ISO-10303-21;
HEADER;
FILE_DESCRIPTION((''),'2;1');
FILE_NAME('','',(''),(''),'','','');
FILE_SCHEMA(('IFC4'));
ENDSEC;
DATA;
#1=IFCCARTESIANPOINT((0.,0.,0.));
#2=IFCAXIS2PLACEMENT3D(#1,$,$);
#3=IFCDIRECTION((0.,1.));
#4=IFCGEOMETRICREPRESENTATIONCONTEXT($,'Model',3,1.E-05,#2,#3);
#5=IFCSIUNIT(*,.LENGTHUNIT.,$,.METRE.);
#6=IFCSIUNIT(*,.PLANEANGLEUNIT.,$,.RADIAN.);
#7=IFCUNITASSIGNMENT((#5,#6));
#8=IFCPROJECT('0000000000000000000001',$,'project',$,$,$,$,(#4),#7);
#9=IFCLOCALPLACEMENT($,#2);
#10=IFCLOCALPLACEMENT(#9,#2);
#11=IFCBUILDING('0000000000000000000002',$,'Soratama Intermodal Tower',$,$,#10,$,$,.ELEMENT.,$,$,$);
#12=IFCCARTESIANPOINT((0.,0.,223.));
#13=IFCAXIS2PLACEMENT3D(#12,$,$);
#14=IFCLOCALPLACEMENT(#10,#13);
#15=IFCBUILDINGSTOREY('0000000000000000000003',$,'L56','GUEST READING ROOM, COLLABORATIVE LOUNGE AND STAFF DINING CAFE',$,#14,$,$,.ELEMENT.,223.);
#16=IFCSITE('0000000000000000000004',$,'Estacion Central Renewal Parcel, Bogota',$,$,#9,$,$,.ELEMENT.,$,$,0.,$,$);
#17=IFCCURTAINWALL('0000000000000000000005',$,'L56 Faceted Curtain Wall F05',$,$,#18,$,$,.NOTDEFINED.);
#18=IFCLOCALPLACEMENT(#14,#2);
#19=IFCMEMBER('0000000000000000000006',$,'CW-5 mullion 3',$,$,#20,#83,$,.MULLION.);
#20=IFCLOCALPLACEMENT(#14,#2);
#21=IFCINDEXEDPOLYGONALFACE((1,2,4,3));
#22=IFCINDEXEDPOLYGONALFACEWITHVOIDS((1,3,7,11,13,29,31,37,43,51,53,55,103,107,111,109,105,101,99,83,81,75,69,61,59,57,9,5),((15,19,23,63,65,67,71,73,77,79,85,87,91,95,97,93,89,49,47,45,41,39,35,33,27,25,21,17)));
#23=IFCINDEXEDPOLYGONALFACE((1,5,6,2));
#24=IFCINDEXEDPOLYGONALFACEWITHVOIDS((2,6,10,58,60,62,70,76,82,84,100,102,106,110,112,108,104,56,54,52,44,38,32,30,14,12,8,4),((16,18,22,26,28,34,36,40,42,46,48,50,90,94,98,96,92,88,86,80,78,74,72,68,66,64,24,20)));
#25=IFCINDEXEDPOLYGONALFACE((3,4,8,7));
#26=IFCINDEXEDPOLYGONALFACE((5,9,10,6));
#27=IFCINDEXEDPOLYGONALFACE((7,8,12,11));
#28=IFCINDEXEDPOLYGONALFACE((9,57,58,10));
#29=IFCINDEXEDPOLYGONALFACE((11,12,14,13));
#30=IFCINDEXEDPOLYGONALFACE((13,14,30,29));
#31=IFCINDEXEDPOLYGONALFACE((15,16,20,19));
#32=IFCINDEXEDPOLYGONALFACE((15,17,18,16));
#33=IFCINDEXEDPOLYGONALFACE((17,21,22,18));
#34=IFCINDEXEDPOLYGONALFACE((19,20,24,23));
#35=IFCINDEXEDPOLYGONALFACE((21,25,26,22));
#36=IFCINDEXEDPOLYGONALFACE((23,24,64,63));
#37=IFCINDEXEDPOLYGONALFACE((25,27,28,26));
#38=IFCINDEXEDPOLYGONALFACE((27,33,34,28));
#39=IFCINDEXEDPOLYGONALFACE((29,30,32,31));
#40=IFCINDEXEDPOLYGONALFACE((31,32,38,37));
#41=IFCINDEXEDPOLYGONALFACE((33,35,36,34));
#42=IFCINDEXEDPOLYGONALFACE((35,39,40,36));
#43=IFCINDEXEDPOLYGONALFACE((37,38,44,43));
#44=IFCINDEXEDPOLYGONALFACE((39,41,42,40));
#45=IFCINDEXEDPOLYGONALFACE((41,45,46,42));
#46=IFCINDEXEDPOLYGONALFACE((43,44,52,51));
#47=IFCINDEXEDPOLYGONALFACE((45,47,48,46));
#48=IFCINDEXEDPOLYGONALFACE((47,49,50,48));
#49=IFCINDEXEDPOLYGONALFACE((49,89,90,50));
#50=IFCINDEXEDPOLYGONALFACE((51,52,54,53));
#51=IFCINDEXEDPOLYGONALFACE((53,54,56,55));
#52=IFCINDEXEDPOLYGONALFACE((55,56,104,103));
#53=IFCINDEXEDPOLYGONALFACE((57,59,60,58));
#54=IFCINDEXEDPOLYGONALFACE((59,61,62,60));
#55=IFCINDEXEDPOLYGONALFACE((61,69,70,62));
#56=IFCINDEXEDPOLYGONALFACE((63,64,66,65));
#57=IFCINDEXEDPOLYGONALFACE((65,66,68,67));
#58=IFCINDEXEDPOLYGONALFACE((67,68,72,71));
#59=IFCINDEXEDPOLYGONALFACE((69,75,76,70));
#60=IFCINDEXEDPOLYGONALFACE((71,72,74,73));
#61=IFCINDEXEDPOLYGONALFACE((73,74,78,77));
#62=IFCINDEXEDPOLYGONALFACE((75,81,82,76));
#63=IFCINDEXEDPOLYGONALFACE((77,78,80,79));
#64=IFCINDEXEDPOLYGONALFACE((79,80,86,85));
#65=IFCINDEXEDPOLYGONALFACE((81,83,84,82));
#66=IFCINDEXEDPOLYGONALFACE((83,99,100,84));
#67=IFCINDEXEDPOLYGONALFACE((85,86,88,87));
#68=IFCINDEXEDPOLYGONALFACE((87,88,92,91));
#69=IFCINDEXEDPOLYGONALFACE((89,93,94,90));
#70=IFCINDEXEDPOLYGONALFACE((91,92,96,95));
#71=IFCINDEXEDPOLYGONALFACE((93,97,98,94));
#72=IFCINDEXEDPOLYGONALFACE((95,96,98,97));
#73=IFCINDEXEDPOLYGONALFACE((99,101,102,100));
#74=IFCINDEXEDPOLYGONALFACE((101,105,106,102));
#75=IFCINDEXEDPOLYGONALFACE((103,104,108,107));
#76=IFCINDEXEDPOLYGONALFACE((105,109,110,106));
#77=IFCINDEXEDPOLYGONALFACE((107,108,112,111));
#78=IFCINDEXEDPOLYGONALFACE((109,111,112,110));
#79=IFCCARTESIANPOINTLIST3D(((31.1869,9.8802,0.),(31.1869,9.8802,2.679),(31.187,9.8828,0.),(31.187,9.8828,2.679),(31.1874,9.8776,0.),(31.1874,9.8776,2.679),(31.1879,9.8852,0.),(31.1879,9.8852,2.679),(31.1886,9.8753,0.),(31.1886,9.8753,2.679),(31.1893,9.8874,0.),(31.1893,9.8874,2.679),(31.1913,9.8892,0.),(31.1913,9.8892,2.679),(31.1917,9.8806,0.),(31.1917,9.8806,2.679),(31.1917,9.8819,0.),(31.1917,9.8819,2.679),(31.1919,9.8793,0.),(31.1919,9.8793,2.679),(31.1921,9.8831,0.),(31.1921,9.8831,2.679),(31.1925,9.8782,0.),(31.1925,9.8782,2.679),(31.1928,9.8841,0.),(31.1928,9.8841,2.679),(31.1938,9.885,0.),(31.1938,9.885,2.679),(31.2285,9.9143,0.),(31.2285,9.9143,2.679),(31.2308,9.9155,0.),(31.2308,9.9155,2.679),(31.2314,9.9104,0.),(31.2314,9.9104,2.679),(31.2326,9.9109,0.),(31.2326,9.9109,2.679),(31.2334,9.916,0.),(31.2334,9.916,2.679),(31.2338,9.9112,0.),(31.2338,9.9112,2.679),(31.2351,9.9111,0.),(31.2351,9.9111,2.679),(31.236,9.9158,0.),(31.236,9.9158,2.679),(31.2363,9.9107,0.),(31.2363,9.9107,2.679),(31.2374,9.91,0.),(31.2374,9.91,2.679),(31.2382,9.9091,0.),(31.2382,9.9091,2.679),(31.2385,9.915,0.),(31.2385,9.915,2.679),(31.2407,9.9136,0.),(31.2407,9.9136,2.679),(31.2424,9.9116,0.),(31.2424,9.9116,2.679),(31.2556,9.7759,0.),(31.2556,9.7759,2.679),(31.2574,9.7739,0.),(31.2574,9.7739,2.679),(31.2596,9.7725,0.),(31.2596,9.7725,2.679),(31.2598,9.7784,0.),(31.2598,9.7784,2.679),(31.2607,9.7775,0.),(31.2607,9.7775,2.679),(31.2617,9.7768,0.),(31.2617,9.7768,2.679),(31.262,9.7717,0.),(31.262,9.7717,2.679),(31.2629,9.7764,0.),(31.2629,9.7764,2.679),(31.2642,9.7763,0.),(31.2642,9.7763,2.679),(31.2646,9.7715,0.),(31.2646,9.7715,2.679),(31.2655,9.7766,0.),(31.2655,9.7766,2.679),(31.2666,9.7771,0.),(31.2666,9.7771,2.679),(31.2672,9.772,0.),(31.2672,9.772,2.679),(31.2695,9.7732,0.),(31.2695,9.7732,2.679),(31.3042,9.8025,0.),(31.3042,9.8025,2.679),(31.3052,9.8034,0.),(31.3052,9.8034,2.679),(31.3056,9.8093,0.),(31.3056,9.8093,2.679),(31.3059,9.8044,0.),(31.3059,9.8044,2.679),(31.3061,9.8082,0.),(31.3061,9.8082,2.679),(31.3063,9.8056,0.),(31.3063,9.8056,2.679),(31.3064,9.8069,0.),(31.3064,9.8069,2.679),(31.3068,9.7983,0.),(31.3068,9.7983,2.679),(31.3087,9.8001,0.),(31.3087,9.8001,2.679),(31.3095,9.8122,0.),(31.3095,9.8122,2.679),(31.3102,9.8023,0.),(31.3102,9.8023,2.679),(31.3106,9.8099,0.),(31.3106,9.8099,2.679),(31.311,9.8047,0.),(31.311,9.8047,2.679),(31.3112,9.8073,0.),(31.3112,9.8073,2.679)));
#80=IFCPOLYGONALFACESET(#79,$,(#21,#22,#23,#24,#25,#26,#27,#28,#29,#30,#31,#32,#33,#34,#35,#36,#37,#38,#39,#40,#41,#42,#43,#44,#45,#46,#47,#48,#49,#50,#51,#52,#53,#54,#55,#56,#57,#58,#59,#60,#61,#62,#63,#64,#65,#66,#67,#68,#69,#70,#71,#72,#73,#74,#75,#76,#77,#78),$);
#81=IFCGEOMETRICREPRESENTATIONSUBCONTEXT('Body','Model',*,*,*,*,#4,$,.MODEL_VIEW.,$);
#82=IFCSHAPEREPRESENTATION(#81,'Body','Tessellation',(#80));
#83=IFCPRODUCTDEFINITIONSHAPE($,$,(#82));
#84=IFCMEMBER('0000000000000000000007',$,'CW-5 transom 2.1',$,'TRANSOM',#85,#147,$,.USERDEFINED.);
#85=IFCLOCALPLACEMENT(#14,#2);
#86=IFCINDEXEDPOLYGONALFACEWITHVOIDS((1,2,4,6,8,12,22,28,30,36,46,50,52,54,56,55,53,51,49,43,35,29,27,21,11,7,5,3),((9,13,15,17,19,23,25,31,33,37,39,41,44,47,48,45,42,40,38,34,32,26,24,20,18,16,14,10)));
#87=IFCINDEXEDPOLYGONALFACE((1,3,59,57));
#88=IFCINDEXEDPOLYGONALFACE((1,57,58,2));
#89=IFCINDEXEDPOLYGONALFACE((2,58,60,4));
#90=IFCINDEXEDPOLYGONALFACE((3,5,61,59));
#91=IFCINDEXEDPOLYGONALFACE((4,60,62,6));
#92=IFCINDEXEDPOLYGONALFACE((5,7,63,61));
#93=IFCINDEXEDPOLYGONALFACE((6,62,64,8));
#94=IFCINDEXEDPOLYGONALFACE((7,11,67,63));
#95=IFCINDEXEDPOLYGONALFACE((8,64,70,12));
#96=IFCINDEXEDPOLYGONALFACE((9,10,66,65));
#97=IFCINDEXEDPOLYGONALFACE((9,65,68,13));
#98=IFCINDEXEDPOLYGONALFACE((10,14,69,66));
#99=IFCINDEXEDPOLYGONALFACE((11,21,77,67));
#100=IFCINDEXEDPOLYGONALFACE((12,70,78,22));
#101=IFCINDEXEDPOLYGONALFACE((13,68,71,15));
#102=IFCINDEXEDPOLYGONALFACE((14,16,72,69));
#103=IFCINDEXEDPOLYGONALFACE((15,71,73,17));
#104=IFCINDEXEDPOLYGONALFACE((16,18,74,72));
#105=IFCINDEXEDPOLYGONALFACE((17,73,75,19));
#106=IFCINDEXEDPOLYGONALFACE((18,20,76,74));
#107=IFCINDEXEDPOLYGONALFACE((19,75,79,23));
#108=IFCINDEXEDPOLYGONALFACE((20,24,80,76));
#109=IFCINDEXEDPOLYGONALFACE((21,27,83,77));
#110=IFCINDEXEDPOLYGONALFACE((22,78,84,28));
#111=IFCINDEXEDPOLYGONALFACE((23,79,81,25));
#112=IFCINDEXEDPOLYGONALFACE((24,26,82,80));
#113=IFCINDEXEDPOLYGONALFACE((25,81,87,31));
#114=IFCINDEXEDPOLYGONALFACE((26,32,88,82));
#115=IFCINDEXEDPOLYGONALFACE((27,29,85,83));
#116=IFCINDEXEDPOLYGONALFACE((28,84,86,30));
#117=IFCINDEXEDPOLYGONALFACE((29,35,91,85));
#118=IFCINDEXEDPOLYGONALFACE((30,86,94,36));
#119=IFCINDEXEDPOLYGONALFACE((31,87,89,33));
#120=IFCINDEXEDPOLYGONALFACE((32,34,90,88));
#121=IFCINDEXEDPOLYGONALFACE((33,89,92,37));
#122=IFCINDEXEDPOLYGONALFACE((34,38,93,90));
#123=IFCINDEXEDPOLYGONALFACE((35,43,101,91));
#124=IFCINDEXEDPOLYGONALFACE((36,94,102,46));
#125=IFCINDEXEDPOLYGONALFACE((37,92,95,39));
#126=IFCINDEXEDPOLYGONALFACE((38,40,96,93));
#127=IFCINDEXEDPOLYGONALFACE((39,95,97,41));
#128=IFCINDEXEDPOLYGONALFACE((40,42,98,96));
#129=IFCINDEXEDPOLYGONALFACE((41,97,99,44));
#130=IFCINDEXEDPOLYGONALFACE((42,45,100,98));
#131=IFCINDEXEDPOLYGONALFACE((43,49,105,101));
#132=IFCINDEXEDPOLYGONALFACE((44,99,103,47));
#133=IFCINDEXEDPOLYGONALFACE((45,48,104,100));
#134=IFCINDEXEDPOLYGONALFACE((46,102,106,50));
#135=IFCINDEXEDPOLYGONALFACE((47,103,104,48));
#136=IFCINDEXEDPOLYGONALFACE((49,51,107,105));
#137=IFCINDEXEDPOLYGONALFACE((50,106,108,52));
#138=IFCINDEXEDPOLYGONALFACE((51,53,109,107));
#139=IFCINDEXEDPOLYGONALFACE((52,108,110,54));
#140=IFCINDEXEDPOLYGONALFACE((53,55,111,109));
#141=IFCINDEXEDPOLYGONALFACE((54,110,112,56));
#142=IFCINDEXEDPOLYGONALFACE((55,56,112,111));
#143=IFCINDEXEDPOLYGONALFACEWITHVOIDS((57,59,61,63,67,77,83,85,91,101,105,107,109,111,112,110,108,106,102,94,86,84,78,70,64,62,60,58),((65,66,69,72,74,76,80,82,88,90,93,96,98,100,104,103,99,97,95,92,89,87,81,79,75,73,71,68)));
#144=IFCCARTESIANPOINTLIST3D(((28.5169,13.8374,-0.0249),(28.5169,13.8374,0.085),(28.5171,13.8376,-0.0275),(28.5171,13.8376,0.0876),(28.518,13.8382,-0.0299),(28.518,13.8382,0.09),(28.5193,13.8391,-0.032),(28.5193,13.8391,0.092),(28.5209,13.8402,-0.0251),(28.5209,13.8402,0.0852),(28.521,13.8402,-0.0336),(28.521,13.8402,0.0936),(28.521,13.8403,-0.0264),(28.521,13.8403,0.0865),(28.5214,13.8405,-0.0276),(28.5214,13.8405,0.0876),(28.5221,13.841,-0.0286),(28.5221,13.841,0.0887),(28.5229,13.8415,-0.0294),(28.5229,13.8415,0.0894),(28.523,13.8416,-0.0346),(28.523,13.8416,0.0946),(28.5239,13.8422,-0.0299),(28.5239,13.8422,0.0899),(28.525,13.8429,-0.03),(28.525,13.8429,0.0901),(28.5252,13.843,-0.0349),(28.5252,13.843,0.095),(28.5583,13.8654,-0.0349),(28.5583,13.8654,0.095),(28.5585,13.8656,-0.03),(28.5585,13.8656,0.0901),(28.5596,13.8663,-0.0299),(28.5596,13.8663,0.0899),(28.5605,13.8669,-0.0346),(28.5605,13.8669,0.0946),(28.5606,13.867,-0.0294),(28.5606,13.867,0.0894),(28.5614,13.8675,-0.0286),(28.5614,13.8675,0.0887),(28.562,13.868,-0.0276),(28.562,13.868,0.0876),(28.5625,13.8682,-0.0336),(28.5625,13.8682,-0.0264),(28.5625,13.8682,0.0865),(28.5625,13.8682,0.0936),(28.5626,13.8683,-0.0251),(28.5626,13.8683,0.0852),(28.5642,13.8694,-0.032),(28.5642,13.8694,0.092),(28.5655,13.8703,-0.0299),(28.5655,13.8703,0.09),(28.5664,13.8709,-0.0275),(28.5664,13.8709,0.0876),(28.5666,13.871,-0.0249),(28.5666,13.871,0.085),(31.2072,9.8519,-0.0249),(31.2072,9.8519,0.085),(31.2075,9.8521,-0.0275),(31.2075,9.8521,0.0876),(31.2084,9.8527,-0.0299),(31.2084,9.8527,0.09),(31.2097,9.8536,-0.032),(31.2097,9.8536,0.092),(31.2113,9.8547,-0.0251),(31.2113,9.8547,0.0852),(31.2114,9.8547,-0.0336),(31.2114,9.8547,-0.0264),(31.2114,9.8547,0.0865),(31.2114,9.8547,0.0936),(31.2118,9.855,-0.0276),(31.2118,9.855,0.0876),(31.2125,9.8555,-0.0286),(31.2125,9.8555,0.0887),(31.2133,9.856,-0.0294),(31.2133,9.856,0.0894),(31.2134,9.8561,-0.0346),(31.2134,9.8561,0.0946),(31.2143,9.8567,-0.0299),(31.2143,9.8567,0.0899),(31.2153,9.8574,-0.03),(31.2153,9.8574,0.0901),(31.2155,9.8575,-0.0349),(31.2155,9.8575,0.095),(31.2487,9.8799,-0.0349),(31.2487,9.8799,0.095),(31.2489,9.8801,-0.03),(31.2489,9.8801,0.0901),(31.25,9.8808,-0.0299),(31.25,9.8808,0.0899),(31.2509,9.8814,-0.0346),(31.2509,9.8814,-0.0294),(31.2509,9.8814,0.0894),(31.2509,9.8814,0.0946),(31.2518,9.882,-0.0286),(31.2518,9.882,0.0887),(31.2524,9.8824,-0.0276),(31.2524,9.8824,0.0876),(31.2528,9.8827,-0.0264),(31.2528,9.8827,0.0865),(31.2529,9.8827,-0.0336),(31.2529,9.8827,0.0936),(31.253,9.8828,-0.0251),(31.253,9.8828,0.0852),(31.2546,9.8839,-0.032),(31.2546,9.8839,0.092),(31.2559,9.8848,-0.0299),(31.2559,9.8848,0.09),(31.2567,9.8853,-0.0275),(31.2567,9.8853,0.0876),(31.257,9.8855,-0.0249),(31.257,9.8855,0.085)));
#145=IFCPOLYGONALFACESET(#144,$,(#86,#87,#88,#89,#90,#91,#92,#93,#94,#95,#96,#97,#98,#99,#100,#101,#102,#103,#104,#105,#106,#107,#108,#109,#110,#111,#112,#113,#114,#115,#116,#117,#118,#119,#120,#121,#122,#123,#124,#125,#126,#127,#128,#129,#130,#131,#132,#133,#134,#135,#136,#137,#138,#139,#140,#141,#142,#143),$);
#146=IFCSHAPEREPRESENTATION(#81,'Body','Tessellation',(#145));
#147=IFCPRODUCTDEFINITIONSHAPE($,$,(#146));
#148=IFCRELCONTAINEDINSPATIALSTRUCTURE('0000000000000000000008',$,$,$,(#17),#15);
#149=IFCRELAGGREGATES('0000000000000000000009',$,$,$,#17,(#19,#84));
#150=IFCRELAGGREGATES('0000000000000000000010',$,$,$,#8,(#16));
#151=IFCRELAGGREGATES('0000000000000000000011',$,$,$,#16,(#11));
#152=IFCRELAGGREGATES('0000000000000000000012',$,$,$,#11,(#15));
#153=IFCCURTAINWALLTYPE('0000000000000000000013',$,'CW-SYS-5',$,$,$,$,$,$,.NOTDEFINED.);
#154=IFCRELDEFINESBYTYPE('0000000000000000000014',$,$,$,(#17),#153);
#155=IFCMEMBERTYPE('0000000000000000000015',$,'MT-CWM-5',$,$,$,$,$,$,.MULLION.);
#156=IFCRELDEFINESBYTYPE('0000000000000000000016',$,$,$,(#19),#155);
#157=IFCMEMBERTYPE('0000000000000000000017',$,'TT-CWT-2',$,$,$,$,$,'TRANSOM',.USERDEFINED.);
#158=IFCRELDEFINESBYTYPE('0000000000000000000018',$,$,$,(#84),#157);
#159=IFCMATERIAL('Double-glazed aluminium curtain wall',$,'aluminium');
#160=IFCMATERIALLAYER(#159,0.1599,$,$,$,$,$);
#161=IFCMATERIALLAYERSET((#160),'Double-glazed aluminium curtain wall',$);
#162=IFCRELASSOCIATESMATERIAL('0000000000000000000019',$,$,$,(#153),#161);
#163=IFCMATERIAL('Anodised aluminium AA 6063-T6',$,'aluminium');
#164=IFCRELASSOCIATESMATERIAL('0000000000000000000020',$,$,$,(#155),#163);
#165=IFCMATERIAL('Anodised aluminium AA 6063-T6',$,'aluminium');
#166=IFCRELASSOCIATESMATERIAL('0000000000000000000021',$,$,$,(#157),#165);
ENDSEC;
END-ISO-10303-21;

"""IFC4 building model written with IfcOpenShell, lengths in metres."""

from ifc_helpers import new_model, si_unit, direction, frame, origin, origin_2d, place, context, subcontext, project, spatial, hollow_rectangle, extrude, material, layer, layer_set, material_profile, profile_set, type_object, element, aggregate, save


model = new_model("IFC4")

# Units and contexts
model_context = context("Model", 3, precision=1e-05, world=origin(), true_north=direction((0.0, 1.0)))
body_context = subcontext(model_context, "Body", "Model", "MODEL_VIEW")
ifc_project = project(units=[si_unit("LENGTHUNIT", "METRE"), si_unit("PLANEANGLEUNIT", "RADIAN")], contexts=[model_context])

# Site, building, storey
site_placement = place(None, origin())
site = spatial("IfcSite", under=ifc_project, at=site_placement, Name="Estacion Central Renewal Parcel, Bogota", CompositionType="ELEMENT", RefElevation=0.0)
building_placement = place(site_placement, origin())
building = spatial("IfcBuilding", under=site, at=building_placement, Name="Soratama Intermodal Tower", CompositionType="ELEMENT")
storey_placement = place(building_placement, frame((0.0, 0.0, 223.0)))
storey = spatial("IfcBuildingStorey", under=building, at=storey_placement, Name="L56", Description="GUEST READING ROOM, COLLABORATIVE LOUNGE AND STAFF DINING CAFE", CompositionType="ELEMENT", Elevation=223.0)

# Curtain wall, members
ifc_material_1 = material(Name="Double-glazed aluminium curtain wall", Category="aluminium")
ifc_layer_1 = layer(ifc_material_1, 0.1599)
ifc_layer_set_1 = layer_set([ifc_layer_1], Name="Double-glazed aluminium curtain wall")
curtain_wall_type = type_object("IfcCurtainWallType", Name="CW-SYS-5", PredefinedType="NOTDEFINED", material=ifc_layer_set_1)
curtain_wall_placement = place(storey_placement, origin())
curtain_wall = element("IfcCurtainWall", 1, at=curtain_wall_placement, inside=storey, type_object=curtain_wall_type, Name="L56 Faceted Curtain Wall F05", PredefinedType="NOTDEFINED")
ifc_material_2 = material(Name="Anodised aluminium AA 6063-T6", Category="aluminium")
ifc_material_profile_1 = material_profile(ifc_material_2, hollow_rectangle(XDim=0.0649, YDim=0.1399, WallThickness=0.0049, InnerFilletRadius=0.0049, OuterFilletRadius=0.01, at=origin_2d()), Name="CWM140X65X5")
ifc_profile_set_1 = profile_set([ifc_material_profile_1], Name="Anodised aluminium AA 6063-T6")
member_type_1 = type_object("IfcMemberType", Name="MT-CWM-5", PredefinedType="MULLION", material=ifc_profile_set_1)
member_1_placement = place(storey_placement, frame((31.249, 9.8438, 0.0), z_axis=(0.0, 0.0, 1.0), x_axis=(0.828843, 0.559482, 0.0)))
member_1 = element("IfcMember", 2, at=member_1_placement, type_object=member_type_1, Name="CW-5 mullion 3", PredefinedType="MULLION", context=body_context, shape_type="SweptSolid", body=[
    extrude(hollow_rectangle(XDim=0.0649, YDim=0.1399, WallThickness=0.0049, InnerFilletRadius=0.0049, OuterFilletRadius=0.01, at=origin_2d()), origin(), (0.0, 0.0, 1.0), 2.679),
])
ifc_material_3 = material(Name="Anodised aluminium AA 6063-T6", Category="aluminium")
ifc_material_profile_2 = material_profile(ifc_material_3, hollow_rectangle(XDim=0.0601, YDim=0.1299, WallThickness=0.0049, InnerFilletRadius=0.0049, OuterFilletRadius=0.01, at=origin_2d()), Name="CWT130X60X5")
ifc_profile_set_2 = profile_set([ifc_material_profile_2], Name="Anodised aluminium AA 6063-T6")
member_type_2 = type_object("IfcMemberType", Name="TT-CWT-2", ElementType="TRANSOM", PredefinedType="USERDEFINED", material=ifc_profile_set_2)
member_2_placement = place(storey_placement, frame((28.5417, 13.8542, 0.03), z_axis=(0.559495, -0.828834, 0.0), x_axis=(0.828834, 0.559495, 0.0)))
member_2 = element("IfcMember", 3, at=member_2_placement, type_object=member_type_2, Name="CW-5 transom 2.1", ObjectType="TRANSOM", PredefinedType="USERDEFINED", context=body_context, shape_type="SweptSolid", body=[
    extrude(hollow_rectangle(XDim=0.0601, YDim=0.1299, WallThickness=0.0049, InnerFilletRadius=0.0049, OuterFilletRadius=0.01, at=origin_2d()), origin(), (0.0, 0.0, 1.0), 4.8086),
])
aggregate(curtain_wall, [member_1, member_2])

save(model, "model.ifc")
